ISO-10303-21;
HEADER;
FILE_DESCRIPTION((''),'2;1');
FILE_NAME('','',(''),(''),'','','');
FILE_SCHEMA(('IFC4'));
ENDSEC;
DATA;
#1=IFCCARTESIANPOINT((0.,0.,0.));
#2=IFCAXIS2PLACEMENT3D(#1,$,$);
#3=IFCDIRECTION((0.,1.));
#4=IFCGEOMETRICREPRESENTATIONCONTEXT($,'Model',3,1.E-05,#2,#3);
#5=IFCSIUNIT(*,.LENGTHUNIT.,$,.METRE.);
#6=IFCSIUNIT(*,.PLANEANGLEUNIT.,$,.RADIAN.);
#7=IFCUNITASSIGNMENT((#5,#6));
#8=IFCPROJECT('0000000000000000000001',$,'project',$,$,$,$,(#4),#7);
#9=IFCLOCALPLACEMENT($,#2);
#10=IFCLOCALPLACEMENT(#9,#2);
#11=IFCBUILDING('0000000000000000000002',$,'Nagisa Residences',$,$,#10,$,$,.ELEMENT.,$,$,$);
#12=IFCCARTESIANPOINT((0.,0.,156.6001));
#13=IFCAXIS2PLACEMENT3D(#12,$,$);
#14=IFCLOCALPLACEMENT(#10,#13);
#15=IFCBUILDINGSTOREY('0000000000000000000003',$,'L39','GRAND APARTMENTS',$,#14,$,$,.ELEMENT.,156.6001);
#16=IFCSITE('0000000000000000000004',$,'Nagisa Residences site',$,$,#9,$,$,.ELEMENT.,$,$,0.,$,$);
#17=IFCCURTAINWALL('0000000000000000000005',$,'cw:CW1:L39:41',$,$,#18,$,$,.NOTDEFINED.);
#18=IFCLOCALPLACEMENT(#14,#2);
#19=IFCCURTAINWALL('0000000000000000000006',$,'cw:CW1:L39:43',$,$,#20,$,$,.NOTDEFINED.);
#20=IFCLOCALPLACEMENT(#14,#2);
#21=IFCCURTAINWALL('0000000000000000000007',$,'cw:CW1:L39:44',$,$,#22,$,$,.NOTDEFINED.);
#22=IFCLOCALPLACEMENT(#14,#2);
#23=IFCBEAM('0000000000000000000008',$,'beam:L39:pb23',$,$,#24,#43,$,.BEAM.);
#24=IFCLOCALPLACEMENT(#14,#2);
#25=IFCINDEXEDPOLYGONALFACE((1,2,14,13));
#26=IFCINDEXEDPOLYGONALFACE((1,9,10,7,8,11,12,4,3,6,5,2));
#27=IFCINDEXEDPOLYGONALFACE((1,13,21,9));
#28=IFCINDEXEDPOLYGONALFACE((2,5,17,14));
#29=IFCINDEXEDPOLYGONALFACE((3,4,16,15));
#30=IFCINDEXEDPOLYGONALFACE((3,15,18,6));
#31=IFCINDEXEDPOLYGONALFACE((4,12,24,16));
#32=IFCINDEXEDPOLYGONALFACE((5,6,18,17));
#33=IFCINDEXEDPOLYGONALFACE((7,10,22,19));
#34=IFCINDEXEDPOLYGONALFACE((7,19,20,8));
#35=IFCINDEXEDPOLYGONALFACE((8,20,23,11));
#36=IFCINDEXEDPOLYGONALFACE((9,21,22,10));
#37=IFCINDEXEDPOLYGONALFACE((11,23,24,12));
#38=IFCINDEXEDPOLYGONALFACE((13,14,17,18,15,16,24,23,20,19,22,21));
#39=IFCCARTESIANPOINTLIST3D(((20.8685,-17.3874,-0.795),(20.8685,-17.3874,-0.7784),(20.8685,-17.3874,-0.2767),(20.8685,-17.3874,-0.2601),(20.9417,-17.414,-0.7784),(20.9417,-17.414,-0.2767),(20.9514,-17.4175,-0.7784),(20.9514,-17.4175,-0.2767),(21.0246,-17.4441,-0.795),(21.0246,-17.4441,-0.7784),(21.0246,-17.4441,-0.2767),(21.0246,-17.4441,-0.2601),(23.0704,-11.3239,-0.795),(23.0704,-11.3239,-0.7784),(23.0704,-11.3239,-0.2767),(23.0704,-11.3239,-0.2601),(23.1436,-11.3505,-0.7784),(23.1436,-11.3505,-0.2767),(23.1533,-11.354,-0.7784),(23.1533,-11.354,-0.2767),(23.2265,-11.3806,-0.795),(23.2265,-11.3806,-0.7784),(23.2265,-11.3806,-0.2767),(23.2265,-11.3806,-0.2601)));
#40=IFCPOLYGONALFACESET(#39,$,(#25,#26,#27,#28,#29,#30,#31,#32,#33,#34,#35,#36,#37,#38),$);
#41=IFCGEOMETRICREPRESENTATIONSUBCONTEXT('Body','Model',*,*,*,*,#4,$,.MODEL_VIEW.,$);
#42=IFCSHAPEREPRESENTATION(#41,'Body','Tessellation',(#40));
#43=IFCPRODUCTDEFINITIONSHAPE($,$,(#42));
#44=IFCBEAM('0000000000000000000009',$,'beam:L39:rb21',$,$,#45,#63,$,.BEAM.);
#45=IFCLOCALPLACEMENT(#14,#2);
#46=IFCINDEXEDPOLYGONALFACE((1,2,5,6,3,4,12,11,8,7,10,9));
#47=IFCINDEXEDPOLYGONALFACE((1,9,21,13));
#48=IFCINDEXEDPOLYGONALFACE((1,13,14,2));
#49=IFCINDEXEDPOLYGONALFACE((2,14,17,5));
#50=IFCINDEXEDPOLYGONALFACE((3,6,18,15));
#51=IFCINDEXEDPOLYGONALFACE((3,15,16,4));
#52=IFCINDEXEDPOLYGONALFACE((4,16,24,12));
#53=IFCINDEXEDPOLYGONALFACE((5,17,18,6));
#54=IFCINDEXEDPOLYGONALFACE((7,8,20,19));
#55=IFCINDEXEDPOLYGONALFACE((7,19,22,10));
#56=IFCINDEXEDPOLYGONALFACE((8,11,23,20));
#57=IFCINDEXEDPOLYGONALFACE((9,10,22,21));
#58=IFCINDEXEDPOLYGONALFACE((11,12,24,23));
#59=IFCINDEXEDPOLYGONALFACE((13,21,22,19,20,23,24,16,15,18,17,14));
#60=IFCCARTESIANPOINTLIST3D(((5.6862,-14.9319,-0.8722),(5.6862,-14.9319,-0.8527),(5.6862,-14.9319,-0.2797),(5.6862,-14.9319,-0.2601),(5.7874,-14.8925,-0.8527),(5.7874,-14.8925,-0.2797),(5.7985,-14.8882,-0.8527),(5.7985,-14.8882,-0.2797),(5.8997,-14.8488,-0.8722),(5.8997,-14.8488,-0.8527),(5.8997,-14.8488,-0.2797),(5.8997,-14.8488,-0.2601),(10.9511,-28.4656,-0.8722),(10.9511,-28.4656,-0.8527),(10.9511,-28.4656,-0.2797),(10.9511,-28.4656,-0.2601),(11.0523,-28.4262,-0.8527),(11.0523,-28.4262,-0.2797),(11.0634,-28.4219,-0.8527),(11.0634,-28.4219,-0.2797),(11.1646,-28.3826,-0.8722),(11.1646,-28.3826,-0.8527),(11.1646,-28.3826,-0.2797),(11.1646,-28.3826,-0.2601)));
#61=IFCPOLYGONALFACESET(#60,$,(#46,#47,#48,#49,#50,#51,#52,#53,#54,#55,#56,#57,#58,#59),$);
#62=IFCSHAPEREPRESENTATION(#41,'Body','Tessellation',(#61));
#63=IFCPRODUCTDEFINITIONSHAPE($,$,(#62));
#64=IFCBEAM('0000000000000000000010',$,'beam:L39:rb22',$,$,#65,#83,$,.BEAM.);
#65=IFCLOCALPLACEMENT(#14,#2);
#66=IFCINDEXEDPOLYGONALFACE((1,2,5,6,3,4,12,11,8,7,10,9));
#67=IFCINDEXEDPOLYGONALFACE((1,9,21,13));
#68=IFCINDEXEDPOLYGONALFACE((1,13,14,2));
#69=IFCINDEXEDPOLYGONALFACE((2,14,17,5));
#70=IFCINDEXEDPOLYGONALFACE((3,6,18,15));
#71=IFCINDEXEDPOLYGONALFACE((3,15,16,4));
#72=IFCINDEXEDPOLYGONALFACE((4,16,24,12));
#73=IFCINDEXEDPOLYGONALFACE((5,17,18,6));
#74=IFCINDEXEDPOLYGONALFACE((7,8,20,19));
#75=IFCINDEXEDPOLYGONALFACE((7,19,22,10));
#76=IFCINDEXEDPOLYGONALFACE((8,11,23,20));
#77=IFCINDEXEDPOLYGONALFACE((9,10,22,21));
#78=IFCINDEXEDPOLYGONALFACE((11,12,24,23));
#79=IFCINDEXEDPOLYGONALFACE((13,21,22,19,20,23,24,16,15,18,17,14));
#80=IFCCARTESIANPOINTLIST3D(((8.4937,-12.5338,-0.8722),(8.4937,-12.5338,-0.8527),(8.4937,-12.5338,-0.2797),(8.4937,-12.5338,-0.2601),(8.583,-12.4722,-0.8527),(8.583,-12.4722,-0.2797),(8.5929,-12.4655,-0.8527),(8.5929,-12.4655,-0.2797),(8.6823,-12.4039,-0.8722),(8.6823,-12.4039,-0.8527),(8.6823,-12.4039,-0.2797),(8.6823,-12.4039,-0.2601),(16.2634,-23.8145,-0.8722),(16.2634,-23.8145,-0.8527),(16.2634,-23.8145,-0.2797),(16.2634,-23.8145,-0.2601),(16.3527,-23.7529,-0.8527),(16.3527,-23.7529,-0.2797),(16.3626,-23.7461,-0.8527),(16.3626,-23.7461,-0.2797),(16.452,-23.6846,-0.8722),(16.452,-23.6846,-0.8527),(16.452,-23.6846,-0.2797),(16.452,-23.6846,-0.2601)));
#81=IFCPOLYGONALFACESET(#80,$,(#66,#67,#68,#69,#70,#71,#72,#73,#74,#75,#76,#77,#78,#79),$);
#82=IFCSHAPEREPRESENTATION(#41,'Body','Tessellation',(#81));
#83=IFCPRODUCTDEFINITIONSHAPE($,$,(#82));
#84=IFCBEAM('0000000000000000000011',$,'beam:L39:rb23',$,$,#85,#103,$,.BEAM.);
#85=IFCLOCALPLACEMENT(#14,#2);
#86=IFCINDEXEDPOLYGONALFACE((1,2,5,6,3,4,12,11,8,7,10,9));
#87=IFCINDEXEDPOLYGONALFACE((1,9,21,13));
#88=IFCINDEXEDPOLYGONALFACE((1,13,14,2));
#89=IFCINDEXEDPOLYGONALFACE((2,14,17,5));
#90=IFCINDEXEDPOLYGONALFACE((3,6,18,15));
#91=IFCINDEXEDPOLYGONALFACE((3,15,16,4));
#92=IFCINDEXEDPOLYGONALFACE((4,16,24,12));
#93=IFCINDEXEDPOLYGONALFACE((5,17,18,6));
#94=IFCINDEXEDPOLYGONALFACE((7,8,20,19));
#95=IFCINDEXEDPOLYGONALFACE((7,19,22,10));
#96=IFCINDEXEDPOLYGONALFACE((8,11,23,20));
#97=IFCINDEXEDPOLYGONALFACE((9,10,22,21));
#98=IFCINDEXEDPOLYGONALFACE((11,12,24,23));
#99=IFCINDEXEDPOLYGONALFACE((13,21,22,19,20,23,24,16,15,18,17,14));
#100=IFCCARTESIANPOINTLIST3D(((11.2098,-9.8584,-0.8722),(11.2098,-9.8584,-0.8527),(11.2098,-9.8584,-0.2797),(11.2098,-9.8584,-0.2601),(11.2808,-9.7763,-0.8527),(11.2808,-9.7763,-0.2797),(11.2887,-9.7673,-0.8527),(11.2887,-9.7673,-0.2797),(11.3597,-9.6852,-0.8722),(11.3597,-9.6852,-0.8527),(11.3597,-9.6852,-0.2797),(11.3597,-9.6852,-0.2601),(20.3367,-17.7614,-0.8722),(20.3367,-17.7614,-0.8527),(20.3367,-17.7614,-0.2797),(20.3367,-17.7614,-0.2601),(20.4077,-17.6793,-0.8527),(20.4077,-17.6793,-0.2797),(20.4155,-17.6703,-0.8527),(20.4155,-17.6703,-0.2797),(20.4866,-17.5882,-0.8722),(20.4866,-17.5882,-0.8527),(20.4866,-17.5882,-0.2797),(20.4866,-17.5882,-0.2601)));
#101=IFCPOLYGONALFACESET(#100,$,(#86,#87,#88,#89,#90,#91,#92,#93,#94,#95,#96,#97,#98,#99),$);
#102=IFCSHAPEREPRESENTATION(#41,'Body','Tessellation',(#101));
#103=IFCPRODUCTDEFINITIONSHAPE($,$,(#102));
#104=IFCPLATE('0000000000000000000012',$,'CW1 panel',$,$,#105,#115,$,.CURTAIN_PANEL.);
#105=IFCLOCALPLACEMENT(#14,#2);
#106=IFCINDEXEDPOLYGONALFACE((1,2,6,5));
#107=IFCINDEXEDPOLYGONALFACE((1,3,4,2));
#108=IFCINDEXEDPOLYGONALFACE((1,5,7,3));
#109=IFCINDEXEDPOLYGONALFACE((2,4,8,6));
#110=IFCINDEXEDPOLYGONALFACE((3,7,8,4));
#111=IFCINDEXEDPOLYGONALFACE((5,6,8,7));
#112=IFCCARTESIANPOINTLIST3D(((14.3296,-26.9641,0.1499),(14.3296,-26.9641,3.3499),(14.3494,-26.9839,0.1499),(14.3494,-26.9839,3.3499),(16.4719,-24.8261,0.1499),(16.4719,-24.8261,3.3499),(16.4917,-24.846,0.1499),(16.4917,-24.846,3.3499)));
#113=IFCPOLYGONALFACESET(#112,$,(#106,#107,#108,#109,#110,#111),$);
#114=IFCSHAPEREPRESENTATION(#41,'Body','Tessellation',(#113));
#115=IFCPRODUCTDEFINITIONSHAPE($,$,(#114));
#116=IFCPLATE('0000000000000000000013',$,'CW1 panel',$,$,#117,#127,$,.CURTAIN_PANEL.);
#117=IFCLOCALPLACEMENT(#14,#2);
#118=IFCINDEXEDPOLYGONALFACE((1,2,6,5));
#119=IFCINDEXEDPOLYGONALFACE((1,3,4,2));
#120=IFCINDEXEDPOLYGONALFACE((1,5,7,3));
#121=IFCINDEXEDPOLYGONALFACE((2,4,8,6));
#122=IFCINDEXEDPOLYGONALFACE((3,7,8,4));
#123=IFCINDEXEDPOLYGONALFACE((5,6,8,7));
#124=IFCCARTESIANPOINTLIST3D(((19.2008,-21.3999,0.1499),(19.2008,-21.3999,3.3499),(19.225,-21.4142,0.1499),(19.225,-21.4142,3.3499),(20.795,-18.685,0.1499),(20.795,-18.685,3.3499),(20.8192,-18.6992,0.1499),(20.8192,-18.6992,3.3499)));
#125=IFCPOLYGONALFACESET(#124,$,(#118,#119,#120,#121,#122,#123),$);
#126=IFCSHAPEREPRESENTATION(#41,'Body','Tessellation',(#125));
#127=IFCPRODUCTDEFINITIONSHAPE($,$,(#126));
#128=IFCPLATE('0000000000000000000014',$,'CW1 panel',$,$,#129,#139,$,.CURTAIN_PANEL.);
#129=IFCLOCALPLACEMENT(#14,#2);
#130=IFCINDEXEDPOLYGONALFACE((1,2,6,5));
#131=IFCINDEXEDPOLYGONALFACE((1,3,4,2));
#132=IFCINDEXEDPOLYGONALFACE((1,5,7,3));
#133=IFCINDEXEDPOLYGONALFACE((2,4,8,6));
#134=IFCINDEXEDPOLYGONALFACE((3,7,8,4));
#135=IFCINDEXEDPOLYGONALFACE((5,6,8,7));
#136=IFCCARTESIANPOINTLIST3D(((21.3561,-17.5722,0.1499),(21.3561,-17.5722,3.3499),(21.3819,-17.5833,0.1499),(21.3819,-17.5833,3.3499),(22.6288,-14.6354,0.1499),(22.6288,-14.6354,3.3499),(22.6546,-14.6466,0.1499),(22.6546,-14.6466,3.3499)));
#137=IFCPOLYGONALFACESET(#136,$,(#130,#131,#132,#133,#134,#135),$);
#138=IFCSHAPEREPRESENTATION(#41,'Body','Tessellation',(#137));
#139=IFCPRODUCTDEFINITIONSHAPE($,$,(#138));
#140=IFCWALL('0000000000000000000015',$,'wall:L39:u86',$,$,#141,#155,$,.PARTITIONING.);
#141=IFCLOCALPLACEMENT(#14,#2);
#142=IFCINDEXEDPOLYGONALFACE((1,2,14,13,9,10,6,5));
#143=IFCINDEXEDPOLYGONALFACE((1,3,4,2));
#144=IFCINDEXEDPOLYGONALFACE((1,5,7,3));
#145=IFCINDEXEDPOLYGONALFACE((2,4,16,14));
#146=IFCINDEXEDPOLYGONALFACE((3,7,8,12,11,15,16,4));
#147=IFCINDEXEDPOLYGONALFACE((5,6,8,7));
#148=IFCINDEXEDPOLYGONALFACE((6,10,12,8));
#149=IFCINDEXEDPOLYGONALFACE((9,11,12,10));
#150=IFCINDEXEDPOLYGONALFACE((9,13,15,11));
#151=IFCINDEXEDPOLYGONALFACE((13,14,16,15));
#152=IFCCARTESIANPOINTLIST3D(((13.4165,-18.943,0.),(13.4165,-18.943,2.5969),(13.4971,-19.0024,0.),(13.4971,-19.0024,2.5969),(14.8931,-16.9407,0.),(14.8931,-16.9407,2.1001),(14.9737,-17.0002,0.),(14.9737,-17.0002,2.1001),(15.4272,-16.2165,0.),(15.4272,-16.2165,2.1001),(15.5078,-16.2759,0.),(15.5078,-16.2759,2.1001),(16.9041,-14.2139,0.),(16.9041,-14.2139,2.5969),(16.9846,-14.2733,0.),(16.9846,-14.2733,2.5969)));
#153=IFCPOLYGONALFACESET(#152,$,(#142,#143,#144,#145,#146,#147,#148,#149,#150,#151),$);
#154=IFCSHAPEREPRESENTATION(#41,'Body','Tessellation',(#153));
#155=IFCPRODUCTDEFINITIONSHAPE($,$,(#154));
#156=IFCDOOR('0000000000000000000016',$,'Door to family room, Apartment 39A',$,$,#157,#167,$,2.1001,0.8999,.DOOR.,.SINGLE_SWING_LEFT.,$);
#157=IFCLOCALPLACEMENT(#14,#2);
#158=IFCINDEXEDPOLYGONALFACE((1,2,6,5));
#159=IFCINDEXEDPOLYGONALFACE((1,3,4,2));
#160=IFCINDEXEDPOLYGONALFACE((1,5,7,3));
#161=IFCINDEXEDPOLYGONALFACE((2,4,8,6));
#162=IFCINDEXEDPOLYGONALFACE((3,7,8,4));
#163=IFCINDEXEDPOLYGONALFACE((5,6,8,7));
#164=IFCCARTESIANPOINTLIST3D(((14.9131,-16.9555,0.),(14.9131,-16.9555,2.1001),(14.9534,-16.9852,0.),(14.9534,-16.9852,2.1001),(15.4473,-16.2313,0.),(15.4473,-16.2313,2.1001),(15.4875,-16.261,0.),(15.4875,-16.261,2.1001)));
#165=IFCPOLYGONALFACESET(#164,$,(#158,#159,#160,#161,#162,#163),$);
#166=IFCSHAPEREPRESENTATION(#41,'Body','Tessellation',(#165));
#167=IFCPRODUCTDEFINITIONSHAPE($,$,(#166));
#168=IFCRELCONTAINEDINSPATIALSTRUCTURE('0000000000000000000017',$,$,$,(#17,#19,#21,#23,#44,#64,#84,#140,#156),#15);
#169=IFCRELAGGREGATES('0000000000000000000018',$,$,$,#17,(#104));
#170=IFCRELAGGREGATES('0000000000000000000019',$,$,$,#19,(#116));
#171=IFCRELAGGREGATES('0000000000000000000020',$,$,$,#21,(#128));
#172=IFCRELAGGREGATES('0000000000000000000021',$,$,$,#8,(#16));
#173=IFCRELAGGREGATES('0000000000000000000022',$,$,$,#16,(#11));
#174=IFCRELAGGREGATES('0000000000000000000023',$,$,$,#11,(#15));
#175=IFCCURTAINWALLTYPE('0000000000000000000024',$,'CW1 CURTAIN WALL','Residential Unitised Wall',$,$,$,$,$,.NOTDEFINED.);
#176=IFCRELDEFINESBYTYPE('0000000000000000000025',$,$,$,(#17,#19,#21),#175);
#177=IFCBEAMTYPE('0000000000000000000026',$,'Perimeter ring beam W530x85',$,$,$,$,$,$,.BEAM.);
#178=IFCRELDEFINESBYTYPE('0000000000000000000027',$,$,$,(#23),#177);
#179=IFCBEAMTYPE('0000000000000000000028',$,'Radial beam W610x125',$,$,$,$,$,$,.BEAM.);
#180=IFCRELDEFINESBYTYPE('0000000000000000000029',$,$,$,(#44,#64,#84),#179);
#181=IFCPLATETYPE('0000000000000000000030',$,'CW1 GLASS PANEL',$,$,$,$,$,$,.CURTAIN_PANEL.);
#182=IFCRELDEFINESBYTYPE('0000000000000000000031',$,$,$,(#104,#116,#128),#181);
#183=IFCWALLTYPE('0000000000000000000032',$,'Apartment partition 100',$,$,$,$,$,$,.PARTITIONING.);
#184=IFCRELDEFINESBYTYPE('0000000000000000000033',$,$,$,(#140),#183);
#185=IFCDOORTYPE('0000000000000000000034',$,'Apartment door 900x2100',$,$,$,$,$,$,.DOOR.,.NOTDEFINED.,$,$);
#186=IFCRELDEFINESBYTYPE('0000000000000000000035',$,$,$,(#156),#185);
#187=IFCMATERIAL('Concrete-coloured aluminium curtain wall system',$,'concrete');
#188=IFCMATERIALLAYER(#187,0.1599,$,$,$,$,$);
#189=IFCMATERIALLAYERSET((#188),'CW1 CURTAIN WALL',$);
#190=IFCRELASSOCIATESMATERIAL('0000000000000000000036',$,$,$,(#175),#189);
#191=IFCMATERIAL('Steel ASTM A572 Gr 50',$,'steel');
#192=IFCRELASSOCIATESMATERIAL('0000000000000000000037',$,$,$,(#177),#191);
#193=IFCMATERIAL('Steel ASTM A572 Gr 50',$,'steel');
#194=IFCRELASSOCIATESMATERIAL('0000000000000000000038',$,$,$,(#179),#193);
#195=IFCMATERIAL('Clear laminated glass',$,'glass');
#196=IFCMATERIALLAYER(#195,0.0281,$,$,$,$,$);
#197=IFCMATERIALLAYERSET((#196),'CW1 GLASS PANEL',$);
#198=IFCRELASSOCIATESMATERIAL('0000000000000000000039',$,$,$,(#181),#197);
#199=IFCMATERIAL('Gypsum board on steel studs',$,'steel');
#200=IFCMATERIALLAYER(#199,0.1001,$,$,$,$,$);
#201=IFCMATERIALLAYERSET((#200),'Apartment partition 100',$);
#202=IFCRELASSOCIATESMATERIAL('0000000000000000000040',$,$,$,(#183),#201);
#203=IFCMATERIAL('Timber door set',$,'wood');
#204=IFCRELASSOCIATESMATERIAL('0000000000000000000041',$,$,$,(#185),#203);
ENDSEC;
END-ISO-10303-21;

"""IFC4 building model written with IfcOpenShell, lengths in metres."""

from ifc_helpers import new_model, si_unit, direction, frame, frame_2d, origin, origin_2d, place, context, subcontext, project, spatial, rectangle, i_section, extrude, material, layer, layer_set, material_profile, profile_set, type_object, element, fill, aggregate, save


model = new_model("IFC4")

# Units and contexts
model_context = context("Model", 3, precision=1e-05, world=origin(), true_north=direction((0.0, 1.0)))
body_context = subcontext(model_context, "Body", "Model", "MODEL_VIEW")
ifc_project = project(units=[si_unit("LENGTHUNIT", "METRE"), si_unit("PLANEANGLEUNIT", "RADIAN")], contexts=[model_context])

# Site, building, storey
site_placement = place(None, origin())
site = spatial("IfcSite", under=ifc_project, at=site_placement, Name="Nagisa Residences site", CompositionType="ELEMENT", RefElevation=0.0)
building_placement = place(site_placement, origin())
building = spatial("IfcBuilding", under=site, at=building_placement, Name="Nagisa Residences", CompositionType="ELEMENT")
storey_placement = place(building_placement, frame((0.0, 0.0, 156.6001)))
storey = spatial("IfcBuildingStorey", under=building, at=storey_placement, Name="L39", Description="GRAND APARTMENTS", CompositionType="ELEMENT", Elevation=156.6001)

# Curtain walls
ifc_material_1 = material(Name="Concrete-coloured aluminium curtain wall system", Category="concrete")
ifc_layer_1 = layer(ifc_material_1, 0.1599)
ifc_layer_set_1 = layer_set([ifc_layer_1], Name="CW1 CURTAIN WALL")
curtain_wall_type = type_object("IfcCurtainWallType", Name="CW1 CURTAIN WALL", Description="Residential Unitised Wall", PredefinedType="NOTDEFINED", material=ifc_layer_set_1)
curtain_wall_1_placement = place(storey_placement, origin())
curtain_wall_1 = element("IfcCurtainWall", 1, at=curtain_wall_1_placement, inside=storey, type_object=curtain_wall_type, Name="cw:CW1:L39:41", PredefinedType="NOTDEFINED")
curtain_wall_2_placement = place(storey_placement, origin())
curtain_wall_2 = element("IfcCurtainWall", 2, at=curtain_wall_2_placement, inside=storey, type_object=curtain_wall_type, Name="cw:CW1:L39:43", PredefinedType="NOTDEFINED")
curtain_wall_3_placement = place(storey_placement, origin())
curtain_wall_3 = element("IfcCurtainWall", 3, at=curtain_wall_3_placement, inside=storey, type_object=curtain_wall_type, Name="cw:CW1:L39:44", PredefinedType="NOTDEFINED")

# Beams
ifc_material_2 = material(Name="Steel ASTM A572 Gr 50", Category="steel")
ifc_material_profile_1 = material_profile(ifc_material_2, i_section(OverallWidth=0.166, OverallDepth=0.5349, WebThickness=0.0103, FlangeThickness=0.0166, at=origin_2d()), Name="W530x85")
ifc_profile_set_1 = profile_set([ifc_material_profile_1], Name="Steel ASTM A572 Gr 50")
beam_type_1 = type_object("IfcBeamType", Name="Perimeter ring beam W530x85", PredefinedType="BEAM", material=ifc_profile_set_1)
beam_1_placement = place(storey_placement, frame((20.9465, -17.4158, -0.5276), z_axis=(0.341333, 0.939943, 0.0), x_axis=(-0.939943, 0.341333, 0.0)))
element("IfcBeam", 4, at=beam_1_placement, inside=storey, type_object=beam_type_1, Name="beam:L39:pb23", PredefinedType="BEAM", context=body_context, shape_type="SweptSolid", body=[
    extrude(i_section(OverallWidth=0.166, OverallDepth=0.5349, WebThickness=0.0103, FlangeThickness=0.0166, at=origin_2d()), origin(), (0.0, 0.0, 1.0), 6.4509),
])
ifc_material_3 = material(Name="Steel ASTM A572 Gr 50", Category="steel")
ifc_material_profile_2 = material_profile(ifc_material_3, i_section(OverallWidth=0.229, OverallDepth=0.6121, WebThickness=0.012, FlangeThickness=0.0195, at=origin_2d()), Name="W610x125")
ifc_profile_set_2 = profile_set([ifc_material_profile_2], Name="Steel ASTM A572 Gr 50")
beam_type_2 = type_object("IfcBeamType", Name="Radial beam W610x125", PredefinedType="BEAM", material=ifc_profile_set_2)
beam_2_placement = place(storey_placement, frame((11.0579, -28.4241, -0.5662), z_axis=(-0.362553, 0.931963, 0.0), x_axis=(-0.931963, -0.362553, 0.0)))
element("IfcBeam", 5, at=beam_2_placement, inside=storey, type_object=beam_type_2, Name="beam:L39:rb21", PredefinedType="BEAM", context=body_context, shape_type="SweptSolid", body=[
    extrude(i_section(OverallWidth=0.229, OverallDepth=0.6121, WebThickness=0.012, FlangeThickness=0.0195, at=origin_2d()), origin(), (0.0, 0.0, 1.0), 14.5217),
])
beam_3_placement = place(storey_placement, frame((16.3577, -23.7495, -0.5662), z_axis=(-0.567235, 0.823556, 0.0), x_axis=(-0.823556, -0.567235, 0.0)))
element("IfcBeam", 6, at=beam_3_placement, inside=storey, type_object=beam_type_2, Name="beam:L39:rb22", PredefinedType="BEAM", context=body_context, shape_type="SweptSolid", body=[
    extrude(i_section(OverallWidth=0.229, OverallDepth=0.6121, WebThickness=0.012, FlangeThickness=0.0195, at=origin_2d()), origin(), (0.0, 0.0, 1.0), 13.6975),
])
beam_4_placement = place(storey_placement, frame((20.4116, -17.6748, -0.5662), z_axis=(-0.755974, 0.654602, 0.0), x_axis=(-0.654602, -0.755974, 0.0)))
element("IfcBeam", 7, at=beam_4_placement, inside=storey, type_object=beam_type_2, Name="beam:L39:rb23", PredefinedType="BEAM", context=body_context, shape_type="SweptSolid", body=[
    extrude(i_section(OverallWidth=0.229, OverallDepth=0.6121, WebThickness=0.012, FlangeThickness=0.0195, at=origin_2d()), origin(), (0.0, 0.0, 1.0), 12.073),
])

# Plates
ifc_material_4 = material(Name="Clear laminated glass", Category="glass")
ifc_layer_2 = layer(ifc_material_4, 0.0281)
ifc_layer_set_2 = layer_set([ifc_layer_2], Name="CW1 GLASS PANEL")
plate_type = type_object("IfcPlateType", Name="CW1 GLASS PANEL", PredefinedType="CURTAIN_PANEL", material=ifc_layer_set_2)
plate_1_placement = place(storey_placement, frame((15.4106, -25.905, 0.1499), z_axis=(0.0, 0.0, 1.0), x_axis=(0.707836, 0.706377, 0.0)))
plate_1 = element("IfcPlate", 8, at=plate_1_placement, type_object=plate_type, Name="CW1 panel", PredefinedType="CURTAIN_PANEL", context=body_context, shape_type="SweptSolid", body=[
    extrude(rectangle(XDim=3.0266, YDim=0.0281, at=origin_2d()), origin(), (0.0, 0.0, 1.0), 3.2),
])
aggregate(curtain_wall_1, [plate_1])
plate_2_placement = place(storey_placement, frame((20.01, -20.0496, 0.1499), z_axis=(0.0, 0.0, 1.0), x_axis=(0.506349, 0.862329, 0.0)))
plate_2 = element("IfcPlate", 9, at=plate_2_placement, type_object=plate_type, Name="CW1 panel", PredefinedType="CURTAIN_PANEL", context=body_context, shape_type="SweptSolid", body=[
    extrude(rectangle(XDim=3.1484, YDim=0.0281, at=origin_2d()), origin(), (0.0, 0.0, 1.0), 3.2),
])
aggregate(curtain_wall_2, [plate_2])
plate_3_placement = place(storey_placement, frame((22.0054, -16.1094, 0.1499), z_axis=(0.0, 0.0, 1.0), x_axis=(0.397636, 0.917543, 0.0)))
plate_3 = element("IfcPlate", 10, at=plate_3_placement, type_object=plate_type, Name="CW1 panel", PredefinedType="CURTAIN_PANEL", context=body_context, shape_type="SweptSolid", body=[
    extrude(rectangle(XDim=3.2007, YDim=0.0281, at=origin_2d()), origin(), (0.0, 0.0, 1.0), 3.2),
])
aggregate(curtain_wall_3, [plate_3])

# Wall, opening, door
ifc_material_5 = material(Name="Gypsum board on steel studs", Category="steel")
ifc_layer_3 = layer(ifc_material_5, 0.1001)
ifc_layer_set_3 = layer_set([ifc_layer_3], Name="Apartment partition 100")
wall_type_1 = type_object("IfcWallType", Name="Apartment partition 100", PredefinedType="PARTITIONING", material=ifc_layer_set_3)
wall_1_placement = place(storey_placement, frame((13.4568, -18.9727, 0.0), z_axis=(0.0, 0.0, 1.0), x_axis=(0.593532, 0.80481, 0.0)))
wall_1 = element("IfcWall", 11, at=wall_1_placement, inside=storey, type_object=wall_type_1, Name="wall:L39:u86", PredefinedType="PARTITIONING", context=body_context, shape_type="SweptSolid", body=[
    extrude(rectangle(XDim=5.876, YDim=0.1001, at=frame_2d((2.938, 0.0))), origin(), (0.0, 0.0, 1.0), 2.5969),
])
opening_1_placement = place(wall_1_placement, frame((2.4878, 0.0, 0.0)))
opening_1 = element("IfcOpeningElement", 12, at=opening_1_placement, cuts=wall_1, PredefinedType="OPENING", context=body_context, shape_type="SweptSolid", body=[
    extrude(rectangle(XDim=0.8999, YDim=2.1001, at=frame_2d((0.45, 1.05))), frame((0.0, 0.0601, 0.0), z_axis=(0.0, -1.0, 0.0), x_axis=(1.0, 0.0, 0.0)), (0.0, 0.0, 1.0), 0.1201),
])
ifc_material_6 = material(Name="Timber door set", Category="wood")
door_type_1 = type_object("IfcDoorType", Name="Apartment door 900x2100", OperationType="NOTDEFINED", PredefinedType="DOOR", material=ifc_material_6)
door_1_placement = place(opening_1_placement, frame((0.8999, 0.0, 0.0), x_axis=(-1.0, 0.0, 0.0)))
door_1 = element("IfcDoor", 13, at=door_1_placement, inside=storey, type_object=door_type_1, Name="Door to family room, Apartment 39A", OperationType="SINGLE_SWING_LEFT", OverallHeight=2.1001, OverallWidth=0.8999, PredefinedType="DOOR", context=body_context, shape_type="SweptSolid", body=[
    extrude(rectangle(XDim=0.8999, YDim=2.1001, at=frame_2d((0.45, 1.05))), frame((0.0, 0.0249, 0.0), z_axis=(0.0, -1.0, 0.0), x_axis=(1.0, 0.0, 0.0)), (0.0, 0.0, 1.0), 0.05),
])
fill(opening_1, door_1)

save(model, "model.ifc")
